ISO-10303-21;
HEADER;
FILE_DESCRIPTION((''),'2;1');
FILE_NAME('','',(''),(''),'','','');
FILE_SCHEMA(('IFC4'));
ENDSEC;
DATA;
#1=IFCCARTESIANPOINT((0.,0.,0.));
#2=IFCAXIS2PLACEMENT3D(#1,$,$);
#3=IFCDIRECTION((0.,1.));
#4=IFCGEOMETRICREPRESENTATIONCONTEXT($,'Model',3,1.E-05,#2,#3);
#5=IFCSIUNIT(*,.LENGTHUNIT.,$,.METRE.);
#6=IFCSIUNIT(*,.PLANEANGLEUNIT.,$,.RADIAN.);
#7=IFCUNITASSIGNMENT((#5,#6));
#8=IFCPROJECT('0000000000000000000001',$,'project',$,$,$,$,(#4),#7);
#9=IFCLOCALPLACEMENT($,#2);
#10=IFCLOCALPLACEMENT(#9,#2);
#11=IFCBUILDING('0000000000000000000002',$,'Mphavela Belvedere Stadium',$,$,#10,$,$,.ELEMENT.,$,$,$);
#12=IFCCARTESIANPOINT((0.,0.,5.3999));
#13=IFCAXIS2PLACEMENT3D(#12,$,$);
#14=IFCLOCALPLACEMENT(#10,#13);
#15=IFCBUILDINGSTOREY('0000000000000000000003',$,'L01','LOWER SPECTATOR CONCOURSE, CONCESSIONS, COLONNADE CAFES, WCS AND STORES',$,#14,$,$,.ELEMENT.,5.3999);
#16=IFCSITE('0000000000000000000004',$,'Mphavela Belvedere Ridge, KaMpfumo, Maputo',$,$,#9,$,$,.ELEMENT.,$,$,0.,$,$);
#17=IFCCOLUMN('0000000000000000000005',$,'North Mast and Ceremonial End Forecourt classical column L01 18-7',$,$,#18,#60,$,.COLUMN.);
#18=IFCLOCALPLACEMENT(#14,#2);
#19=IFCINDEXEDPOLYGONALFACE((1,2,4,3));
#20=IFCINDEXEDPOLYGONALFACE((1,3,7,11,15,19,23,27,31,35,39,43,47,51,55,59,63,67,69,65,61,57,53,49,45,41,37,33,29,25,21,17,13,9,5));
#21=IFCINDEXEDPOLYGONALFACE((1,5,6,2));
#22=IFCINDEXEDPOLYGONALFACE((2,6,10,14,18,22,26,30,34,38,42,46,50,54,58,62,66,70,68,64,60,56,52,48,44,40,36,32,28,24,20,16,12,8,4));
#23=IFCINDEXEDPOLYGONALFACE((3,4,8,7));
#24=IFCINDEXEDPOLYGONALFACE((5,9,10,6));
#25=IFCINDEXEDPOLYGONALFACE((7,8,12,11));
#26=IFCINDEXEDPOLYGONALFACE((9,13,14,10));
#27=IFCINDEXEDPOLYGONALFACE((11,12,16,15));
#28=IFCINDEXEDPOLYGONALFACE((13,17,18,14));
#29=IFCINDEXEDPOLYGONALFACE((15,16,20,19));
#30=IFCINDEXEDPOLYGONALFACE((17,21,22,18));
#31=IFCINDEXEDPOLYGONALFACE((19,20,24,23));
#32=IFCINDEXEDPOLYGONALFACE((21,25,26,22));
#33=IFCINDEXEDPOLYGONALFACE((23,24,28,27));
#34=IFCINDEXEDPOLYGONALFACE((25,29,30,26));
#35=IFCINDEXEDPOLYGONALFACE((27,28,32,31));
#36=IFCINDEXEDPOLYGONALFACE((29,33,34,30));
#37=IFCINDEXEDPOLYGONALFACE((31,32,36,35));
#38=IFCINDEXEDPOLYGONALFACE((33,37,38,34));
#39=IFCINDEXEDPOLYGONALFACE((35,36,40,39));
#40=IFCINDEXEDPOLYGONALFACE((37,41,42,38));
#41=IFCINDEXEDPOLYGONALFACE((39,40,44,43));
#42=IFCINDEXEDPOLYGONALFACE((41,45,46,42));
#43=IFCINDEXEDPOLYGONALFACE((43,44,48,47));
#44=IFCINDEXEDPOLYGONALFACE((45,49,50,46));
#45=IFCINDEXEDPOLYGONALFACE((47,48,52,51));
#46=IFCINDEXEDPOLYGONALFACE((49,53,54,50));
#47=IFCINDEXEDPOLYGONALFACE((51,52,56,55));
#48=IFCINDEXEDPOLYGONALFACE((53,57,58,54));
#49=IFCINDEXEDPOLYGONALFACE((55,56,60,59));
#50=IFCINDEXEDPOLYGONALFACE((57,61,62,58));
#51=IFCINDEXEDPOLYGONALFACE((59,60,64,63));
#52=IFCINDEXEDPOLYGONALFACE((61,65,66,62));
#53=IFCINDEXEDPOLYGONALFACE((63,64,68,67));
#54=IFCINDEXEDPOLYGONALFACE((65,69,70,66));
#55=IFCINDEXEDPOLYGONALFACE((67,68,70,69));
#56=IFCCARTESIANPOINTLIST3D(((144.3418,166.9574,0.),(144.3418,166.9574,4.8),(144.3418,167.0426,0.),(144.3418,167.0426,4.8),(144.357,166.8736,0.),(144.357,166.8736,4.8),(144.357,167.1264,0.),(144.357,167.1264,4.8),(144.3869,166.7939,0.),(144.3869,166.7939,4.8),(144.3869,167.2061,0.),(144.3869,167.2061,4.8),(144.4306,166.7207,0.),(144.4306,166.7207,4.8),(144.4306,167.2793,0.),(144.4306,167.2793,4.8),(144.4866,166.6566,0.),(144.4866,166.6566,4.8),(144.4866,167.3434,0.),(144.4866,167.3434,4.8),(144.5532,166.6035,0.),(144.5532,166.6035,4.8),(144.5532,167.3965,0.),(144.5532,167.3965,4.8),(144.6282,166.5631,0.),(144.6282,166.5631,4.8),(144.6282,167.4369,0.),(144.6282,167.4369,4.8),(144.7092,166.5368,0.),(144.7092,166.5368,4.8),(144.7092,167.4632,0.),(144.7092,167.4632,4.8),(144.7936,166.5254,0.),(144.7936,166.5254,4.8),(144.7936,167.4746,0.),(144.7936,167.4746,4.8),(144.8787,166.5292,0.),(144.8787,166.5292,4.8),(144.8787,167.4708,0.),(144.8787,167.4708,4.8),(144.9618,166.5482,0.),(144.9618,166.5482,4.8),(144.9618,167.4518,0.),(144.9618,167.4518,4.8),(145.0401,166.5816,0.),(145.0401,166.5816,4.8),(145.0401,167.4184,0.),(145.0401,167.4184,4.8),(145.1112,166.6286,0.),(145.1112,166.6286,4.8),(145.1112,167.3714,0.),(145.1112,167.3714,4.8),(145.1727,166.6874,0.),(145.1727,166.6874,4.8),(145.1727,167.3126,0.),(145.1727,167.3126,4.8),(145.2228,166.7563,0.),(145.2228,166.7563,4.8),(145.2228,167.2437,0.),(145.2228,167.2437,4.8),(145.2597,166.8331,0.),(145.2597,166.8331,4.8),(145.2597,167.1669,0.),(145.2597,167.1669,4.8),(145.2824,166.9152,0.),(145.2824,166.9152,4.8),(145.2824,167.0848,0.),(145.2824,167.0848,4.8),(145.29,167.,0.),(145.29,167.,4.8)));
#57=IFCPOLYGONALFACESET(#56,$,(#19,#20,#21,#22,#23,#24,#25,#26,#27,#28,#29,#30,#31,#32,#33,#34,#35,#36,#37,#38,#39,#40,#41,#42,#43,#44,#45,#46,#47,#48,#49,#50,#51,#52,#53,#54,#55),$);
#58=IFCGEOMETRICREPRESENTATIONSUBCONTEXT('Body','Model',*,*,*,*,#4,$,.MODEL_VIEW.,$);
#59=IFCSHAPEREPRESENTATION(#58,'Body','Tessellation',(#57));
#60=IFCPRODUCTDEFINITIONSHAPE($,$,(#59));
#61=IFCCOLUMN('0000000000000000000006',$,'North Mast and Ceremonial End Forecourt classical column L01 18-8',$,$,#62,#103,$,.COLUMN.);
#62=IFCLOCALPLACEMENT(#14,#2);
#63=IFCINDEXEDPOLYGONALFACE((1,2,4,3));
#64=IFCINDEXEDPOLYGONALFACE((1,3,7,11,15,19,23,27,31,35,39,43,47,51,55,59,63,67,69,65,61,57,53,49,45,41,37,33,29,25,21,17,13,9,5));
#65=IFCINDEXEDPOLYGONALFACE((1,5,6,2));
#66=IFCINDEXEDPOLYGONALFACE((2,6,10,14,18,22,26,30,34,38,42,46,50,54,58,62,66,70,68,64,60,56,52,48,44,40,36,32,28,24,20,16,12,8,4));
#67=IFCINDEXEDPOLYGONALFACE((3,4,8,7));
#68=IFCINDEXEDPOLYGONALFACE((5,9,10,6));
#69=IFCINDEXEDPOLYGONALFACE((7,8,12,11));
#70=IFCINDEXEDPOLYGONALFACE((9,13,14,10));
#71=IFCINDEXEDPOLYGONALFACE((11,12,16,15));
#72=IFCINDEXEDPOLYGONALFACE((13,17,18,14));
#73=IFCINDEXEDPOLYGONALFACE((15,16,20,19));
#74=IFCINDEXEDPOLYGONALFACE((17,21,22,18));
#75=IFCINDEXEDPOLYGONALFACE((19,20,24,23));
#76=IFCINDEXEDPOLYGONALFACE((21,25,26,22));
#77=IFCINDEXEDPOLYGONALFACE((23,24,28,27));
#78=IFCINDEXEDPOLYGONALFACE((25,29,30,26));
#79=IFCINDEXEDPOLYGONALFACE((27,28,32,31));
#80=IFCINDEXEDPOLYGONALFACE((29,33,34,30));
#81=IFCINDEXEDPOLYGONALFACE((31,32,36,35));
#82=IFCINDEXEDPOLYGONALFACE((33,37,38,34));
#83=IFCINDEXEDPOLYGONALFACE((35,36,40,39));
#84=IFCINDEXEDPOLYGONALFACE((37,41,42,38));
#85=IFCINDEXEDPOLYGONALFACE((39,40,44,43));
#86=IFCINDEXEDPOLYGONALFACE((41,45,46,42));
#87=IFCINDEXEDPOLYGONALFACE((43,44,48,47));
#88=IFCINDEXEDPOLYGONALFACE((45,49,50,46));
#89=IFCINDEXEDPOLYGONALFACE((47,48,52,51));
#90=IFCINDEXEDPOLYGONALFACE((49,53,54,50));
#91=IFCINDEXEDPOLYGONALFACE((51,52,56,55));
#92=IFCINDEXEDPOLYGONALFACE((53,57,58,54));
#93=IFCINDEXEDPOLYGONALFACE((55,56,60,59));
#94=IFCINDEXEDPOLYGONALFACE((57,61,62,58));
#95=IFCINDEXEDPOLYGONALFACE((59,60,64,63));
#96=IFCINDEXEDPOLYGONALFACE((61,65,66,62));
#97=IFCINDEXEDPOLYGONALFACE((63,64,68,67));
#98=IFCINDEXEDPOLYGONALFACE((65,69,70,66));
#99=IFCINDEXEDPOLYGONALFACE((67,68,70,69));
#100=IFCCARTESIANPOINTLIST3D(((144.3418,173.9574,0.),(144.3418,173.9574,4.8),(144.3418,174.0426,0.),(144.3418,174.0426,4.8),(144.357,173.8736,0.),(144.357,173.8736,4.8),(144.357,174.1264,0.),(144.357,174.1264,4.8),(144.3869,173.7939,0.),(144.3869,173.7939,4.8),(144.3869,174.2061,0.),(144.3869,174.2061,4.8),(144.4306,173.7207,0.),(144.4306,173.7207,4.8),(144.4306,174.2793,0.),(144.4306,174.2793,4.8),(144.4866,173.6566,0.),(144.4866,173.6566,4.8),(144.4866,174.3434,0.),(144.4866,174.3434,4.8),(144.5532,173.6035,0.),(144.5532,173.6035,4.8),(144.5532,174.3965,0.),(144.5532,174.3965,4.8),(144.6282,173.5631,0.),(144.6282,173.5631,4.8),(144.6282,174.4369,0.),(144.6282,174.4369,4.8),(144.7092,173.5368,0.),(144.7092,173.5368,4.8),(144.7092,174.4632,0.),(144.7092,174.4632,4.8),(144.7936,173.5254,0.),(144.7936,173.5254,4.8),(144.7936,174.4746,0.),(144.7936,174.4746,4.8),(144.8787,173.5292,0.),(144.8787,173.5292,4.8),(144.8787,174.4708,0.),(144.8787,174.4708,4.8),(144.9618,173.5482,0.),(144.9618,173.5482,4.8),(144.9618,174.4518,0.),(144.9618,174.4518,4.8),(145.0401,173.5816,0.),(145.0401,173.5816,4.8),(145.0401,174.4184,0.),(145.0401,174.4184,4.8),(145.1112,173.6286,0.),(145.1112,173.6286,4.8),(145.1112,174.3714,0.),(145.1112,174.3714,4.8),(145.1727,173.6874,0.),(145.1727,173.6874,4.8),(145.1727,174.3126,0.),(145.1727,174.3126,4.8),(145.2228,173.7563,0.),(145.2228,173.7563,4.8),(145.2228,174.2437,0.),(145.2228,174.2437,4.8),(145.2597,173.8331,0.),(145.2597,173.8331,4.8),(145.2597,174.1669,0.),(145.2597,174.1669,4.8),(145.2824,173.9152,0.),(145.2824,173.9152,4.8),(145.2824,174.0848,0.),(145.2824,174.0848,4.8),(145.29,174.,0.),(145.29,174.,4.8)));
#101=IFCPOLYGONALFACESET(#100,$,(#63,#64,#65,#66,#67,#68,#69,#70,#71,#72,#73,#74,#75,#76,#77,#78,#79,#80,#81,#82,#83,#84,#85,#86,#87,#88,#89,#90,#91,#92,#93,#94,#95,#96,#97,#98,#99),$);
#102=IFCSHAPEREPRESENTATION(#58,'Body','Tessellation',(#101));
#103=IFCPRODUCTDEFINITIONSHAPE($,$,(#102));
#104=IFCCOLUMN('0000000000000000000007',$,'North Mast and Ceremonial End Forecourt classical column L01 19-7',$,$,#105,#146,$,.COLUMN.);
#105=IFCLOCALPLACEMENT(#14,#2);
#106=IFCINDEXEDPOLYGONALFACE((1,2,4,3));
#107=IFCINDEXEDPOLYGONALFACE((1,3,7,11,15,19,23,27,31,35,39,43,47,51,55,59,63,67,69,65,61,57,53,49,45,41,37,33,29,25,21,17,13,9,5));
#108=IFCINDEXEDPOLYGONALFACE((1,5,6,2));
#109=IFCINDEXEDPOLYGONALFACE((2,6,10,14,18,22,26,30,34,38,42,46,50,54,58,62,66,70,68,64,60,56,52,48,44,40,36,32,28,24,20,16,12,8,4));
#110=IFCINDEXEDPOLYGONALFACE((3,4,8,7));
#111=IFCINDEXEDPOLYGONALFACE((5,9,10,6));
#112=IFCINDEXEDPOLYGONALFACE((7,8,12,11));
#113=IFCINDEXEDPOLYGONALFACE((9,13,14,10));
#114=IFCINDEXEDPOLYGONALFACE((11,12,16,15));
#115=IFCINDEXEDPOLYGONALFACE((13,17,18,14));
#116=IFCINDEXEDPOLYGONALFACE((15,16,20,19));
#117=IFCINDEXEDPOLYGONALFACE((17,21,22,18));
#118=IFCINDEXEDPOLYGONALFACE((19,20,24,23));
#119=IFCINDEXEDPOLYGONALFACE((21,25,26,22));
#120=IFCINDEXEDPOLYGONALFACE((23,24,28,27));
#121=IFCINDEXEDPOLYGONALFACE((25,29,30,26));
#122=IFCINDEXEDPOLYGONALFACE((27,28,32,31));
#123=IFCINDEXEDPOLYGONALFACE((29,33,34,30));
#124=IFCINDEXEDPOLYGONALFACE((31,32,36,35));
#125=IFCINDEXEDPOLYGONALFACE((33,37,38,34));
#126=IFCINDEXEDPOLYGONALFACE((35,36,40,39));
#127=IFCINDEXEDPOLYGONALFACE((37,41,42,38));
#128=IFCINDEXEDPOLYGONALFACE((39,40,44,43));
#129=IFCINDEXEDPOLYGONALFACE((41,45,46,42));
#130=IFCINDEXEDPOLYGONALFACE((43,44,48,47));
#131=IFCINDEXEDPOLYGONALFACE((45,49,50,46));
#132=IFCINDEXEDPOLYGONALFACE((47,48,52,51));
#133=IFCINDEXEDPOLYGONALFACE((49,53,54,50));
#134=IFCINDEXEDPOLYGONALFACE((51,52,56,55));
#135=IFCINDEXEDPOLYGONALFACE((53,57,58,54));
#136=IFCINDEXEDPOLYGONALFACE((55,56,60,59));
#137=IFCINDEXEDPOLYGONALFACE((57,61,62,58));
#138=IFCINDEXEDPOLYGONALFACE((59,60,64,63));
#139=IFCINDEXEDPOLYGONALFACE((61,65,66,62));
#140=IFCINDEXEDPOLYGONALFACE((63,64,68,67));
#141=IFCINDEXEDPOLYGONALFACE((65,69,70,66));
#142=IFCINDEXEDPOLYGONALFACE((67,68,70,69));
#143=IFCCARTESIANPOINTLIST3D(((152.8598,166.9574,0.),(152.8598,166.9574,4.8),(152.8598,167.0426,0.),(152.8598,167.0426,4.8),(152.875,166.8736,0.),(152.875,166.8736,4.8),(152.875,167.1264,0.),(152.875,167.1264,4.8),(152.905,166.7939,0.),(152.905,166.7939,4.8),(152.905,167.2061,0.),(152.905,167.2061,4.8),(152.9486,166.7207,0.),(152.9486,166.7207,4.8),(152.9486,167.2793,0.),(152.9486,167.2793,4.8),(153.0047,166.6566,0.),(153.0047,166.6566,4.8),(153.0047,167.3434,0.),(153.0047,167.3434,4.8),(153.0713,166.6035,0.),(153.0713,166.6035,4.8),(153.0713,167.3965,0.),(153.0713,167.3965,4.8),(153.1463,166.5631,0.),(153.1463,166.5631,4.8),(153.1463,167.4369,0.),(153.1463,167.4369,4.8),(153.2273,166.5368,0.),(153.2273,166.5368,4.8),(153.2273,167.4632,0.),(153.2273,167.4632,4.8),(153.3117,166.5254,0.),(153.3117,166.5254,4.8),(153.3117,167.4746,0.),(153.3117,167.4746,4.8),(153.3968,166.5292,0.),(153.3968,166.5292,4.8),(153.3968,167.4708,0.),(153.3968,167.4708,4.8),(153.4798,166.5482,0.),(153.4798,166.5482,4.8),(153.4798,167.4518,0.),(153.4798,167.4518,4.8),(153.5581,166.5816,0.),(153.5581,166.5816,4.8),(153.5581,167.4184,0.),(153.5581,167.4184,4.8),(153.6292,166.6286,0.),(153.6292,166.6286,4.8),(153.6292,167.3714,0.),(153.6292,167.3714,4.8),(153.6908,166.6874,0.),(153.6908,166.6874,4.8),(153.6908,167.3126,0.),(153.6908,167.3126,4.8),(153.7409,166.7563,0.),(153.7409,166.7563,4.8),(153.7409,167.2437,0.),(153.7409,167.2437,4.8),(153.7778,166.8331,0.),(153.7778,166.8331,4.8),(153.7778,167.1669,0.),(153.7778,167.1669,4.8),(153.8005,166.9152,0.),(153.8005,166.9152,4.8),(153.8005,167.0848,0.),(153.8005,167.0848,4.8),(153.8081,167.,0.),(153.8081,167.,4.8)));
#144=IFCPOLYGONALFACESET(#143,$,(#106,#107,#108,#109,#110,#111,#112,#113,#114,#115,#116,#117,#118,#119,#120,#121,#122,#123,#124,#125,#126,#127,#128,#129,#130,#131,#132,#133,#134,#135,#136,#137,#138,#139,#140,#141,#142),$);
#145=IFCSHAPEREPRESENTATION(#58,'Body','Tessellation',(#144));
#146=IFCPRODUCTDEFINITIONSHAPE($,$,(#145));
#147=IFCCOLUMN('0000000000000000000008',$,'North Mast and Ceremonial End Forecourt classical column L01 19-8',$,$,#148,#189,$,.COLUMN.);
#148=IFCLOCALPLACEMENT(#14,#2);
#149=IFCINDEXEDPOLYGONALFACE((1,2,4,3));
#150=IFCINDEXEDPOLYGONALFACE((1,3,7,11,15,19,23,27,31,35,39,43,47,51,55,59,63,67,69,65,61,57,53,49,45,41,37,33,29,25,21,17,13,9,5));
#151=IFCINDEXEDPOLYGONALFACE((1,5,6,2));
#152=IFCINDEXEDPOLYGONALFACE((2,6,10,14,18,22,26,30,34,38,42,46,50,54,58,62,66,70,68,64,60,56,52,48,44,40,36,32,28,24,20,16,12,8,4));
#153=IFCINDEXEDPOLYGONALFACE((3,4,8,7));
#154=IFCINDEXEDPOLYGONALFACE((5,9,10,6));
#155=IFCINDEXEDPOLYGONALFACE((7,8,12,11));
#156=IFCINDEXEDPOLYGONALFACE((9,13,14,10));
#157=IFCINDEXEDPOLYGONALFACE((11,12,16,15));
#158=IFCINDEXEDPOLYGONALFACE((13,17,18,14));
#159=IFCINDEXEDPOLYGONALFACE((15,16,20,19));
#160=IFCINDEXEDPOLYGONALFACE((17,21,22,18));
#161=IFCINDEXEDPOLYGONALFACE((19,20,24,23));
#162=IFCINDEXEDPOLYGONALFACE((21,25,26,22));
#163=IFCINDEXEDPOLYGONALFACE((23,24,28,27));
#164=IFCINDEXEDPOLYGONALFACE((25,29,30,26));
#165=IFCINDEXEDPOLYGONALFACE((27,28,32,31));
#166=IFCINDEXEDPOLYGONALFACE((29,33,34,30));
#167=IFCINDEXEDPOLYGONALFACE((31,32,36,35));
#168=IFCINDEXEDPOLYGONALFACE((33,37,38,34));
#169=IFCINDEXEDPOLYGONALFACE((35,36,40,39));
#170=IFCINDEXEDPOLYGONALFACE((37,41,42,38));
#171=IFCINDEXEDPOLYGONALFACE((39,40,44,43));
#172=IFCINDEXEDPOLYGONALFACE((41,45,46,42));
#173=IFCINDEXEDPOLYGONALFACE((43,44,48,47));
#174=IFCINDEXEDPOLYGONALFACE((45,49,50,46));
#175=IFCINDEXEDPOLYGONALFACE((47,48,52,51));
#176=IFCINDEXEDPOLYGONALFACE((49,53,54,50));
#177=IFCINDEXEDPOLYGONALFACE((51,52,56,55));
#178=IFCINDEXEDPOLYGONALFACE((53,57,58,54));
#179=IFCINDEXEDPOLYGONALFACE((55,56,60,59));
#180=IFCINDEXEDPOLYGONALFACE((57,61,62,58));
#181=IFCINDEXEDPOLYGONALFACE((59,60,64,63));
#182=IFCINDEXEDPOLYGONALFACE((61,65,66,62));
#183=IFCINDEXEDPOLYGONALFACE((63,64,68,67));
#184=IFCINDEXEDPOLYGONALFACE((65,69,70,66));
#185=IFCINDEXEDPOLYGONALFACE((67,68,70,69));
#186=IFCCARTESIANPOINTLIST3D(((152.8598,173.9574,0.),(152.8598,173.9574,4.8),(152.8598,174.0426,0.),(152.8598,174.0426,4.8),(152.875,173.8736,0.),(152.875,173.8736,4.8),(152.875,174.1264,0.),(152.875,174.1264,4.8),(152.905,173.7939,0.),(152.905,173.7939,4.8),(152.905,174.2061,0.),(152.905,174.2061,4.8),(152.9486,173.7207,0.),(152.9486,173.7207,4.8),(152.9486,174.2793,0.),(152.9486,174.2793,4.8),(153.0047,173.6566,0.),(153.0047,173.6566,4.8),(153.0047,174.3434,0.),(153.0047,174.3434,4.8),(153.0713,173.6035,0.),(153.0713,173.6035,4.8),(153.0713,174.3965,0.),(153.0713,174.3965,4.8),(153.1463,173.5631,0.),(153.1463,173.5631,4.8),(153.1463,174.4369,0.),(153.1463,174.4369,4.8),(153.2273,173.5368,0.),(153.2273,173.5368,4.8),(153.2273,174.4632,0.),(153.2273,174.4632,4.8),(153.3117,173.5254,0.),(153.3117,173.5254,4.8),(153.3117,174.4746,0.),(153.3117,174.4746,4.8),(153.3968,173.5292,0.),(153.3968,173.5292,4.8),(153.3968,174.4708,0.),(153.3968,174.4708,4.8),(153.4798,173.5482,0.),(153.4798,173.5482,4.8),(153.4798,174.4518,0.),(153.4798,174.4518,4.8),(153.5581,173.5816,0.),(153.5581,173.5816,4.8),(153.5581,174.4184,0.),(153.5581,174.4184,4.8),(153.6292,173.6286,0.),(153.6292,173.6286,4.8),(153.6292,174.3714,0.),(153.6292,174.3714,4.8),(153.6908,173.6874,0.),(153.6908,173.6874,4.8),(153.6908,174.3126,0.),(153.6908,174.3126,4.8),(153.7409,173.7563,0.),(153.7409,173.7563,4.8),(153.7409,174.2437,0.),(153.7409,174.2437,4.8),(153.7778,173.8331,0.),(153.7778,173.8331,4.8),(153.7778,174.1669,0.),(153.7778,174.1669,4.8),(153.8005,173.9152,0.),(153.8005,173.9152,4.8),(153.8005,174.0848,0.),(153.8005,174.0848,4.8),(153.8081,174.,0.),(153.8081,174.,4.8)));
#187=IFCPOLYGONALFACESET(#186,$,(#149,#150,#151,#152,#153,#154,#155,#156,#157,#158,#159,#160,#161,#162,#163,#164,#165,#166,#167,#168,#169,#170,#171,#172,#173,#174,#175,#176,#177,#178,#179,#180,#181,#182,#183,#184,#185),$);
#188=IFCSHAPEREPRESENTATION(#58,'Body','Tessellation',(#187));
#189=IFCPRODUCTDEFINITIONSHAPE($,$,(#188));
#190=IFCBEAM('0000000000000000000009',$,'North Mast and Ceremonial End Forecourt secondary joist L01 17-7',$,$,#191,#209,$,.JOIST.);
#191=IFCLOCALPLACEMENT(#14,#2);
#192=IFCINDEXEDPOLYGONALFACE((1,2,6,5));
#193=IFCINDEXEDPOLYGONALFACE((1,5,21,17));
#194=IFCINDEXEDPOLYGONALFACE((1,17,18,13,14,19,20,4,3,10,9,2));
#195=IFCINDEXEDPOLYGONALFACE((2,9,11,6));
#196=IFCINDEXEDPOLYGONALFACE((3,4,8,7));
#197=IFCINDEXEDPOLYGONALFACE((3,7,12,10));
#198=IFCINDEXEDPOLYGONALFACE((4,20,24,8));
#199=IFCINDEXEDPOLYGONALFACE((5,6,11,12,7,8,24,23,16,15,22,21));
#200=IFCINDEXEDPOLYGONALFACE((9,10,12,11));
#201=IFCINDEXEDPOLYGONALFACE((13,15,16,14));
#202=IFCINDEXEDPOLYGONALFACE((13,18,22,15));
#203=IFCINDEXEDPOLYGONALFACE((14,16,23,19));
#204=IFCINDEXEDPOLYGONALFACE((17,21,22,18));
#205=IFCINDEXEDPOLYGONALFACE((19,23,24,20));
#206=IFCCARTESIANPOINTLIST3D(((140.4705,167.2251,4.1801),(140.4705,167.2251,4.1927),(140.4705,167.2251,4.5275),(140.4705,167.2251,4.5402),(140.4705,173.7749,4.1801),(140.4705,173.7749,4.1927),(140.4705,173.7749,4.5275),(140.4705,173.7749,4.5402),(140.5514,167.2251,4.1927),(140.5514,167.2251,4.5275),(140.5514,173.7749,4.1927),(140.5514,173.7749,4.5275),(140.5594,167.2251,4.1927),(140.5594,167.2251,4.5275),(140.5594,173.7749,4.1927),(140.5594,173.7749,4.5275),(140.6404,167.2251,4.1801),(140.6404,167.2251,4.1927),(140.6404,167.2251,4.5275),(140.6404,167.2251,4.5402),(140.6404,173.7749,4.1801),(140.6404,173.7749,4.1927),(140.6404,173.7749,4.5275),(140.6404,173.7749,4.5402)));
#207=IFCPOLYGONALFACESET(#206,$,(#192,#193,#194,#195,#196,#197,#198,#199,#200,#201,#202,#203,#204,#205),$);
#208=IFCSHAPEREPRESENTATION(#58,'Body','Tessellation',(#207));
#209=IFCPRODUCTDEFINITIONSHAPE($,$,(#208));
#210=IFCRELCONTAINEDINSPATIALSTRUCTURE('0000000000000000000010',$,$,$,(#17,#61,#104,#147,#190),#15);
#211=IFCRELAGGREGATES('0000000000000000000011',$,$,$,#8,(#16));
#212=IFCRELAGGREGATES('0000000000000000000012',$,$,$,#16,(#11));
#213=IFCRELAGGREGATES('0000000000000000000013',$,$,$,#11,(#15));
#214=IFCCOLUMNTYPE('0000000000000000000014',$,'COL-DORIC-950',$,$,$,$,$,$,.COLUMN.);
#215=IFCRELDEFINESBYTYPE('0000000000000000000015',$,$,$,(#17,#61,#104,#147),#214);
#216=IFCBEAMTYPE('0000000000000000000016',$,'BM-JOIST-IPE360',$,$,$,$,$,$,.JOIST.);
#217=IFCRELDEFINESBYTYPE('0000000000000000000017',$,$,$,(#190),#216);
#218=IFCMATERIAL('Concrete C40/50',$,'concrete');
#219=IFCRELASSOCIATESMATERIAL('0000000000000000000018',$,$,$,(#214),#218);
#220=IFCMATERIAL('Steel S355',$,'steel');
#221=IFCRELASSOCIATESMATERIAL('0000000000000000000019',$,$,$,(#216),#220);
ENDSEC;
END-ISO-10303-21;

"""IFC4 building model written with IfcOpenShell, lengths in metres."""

from ifc_helpers import new_model, si_unit, direction, frame, origin, origin_2d, place, context, subcontext, project, spatial, circle, i_section, extrude, material, material_profile, profile_set, type_object, element, save


model = new_model("IFC4")

# Units and contexts
model_context = context("Model", 3, precision=1e-05, world=origin(), true_north=direction((0.0, 1.0)))
body_context = subcontext(model_context, "Body", "Model", "MODEL_VIEW")
ifc_project = project(units=[si_unit("LENGTHUNIT", "METRE"), si_unit("PLANEANGLEUNIT", "RADIAN")], contexts=[model_context])

# Site, building, storey
site_placement = place(None, origin())
site = spatial("IfcSite", under=ifc_project, at=site_placement, Name="Mphavela Belvedere Ridge, KaMpfumo, Maputo", CompositionType="ELEMENT", RefElevation=0.0)
building_placement = place(site_placement, origin())
building = spatial("IfcBuilding", under=site, at=building_placement, Name="Mphavela Belvedere Stadium", CompositionType="ELEMENT")
storey_placement = place(building_placement, frame((0.0, 0.0, 5.3999)))
storey = spatial("IfcBuildingStorey", under=building, at=storey_placement, Name="L01", Description="LOWER SPECTATOR CONCOURSE, CONCESSIONS, COLONNADE CAFES, WCS AND STORES", CompositionType="ELEMENT", Elevation=5.3999)

# Columns
ifc_material_1 = material(Name="Concrete C40/50", Category="concrete")
ifc_material_profile_1 = material_profile(ifc_material_1, circle(Radius=0.4751, at=origin_2d()), Name="COL D950")
ifc_profile_set_1 = profile_set([ifc_material_profile_1], Name="Concrete C40/50")
column_type = type_object("IfcColumnType", Name="COL-DORIC-950", PredefinedType="COLUMN", material=ifc_profile_set_1)
for number, where, z_axis, x_axis, name in (
    (1, (144.8149, 167.0, 0.0), (0.0, 0.0, 1.0), (1.0, 0.0, 0.0), "North Mast and Ceremonial End Forecourt classical column L01 18-7"),
    (2, (144.8149, 174.0, 0.0), (0.0, 0.0, 1.0), (1.0, 0.0, 0.0), "North Mast and Ceremonial End Forecourt classical column L01 18-8"),
    (3, (153.333, 167.0, 0.0), (0.0, 0.0, 1.0), (1.0, 0.0, 0.0), "North Mast and Ceremonial End Forecourt classical column L01 19-7"),
    (4, (153.333, 174.0, 0.0), (0.0, 0.0, 1.0), (1.0, 0.0, 0.0), "North Mast and Ceremonial End Forecourt classical column L01 19-8"),
):
    element("IfcColumn", number, at=place(storey_placement, frame(where, z_axis=z_axis, x_axis=x_axis)), inside=storey, type_object=column_type, Name=name, PredefinedType="COLUMN", context=body_context, shape_type="SweptSolid", body=[
        extrude(circle(Radius=0.4751, at=origin_2d()), origin(), (0.0, 0.0, 1.0), 4.8),
    ])

# Beam
ifc_material_2 = material(Name="Steel S355", Category="steel")
ifc_material_profile_2 = material_profile(ifc_material_2, i_section(OverallWidth=0.1699, OverallDepth=0.3601, WebThickness=0.0081, FlangeThickness=0.0127, at=origin_2d()), Name="IPE 360")
ifc_profile_set_2 = profile_set([ifc_material_profile_2], Name="Steel S355")
beam_type_1 = type_object("IfcBeamType", Name="BM-JOIST-IPE360", PredefinedType="JOIST", material=ifc_profile_set_2)
for number, where, z_axis, x_axis, name in (
    (5, (140.5554, 167.2251, 4.3601), (0.0, 1.0, 0.0), (-1.0, 0.0, 0.0), "North Mast and Ceremonial End Forecourt secondary joist L01 17-7"),
):
    element("IfcBeam", number, at=place(storey_placement, frame(where, z_axis=z_axis, x_axis=x_axis)), inside=storey, type_object=beam_type_1, Name=name, PredefinedType="JOIST", context=body_context, shape_type="SweptSolid", body=[
        extrude(i_section(OverallWidth=0.1699, OverallDepth=0.3601, WebThickness=0.0081, FlangeThickness=0.0127, at=origin_2d()), origin(), (0.0, 0.0, 1.0), 6.5498),
    ])

save(model, "model.ifc")
